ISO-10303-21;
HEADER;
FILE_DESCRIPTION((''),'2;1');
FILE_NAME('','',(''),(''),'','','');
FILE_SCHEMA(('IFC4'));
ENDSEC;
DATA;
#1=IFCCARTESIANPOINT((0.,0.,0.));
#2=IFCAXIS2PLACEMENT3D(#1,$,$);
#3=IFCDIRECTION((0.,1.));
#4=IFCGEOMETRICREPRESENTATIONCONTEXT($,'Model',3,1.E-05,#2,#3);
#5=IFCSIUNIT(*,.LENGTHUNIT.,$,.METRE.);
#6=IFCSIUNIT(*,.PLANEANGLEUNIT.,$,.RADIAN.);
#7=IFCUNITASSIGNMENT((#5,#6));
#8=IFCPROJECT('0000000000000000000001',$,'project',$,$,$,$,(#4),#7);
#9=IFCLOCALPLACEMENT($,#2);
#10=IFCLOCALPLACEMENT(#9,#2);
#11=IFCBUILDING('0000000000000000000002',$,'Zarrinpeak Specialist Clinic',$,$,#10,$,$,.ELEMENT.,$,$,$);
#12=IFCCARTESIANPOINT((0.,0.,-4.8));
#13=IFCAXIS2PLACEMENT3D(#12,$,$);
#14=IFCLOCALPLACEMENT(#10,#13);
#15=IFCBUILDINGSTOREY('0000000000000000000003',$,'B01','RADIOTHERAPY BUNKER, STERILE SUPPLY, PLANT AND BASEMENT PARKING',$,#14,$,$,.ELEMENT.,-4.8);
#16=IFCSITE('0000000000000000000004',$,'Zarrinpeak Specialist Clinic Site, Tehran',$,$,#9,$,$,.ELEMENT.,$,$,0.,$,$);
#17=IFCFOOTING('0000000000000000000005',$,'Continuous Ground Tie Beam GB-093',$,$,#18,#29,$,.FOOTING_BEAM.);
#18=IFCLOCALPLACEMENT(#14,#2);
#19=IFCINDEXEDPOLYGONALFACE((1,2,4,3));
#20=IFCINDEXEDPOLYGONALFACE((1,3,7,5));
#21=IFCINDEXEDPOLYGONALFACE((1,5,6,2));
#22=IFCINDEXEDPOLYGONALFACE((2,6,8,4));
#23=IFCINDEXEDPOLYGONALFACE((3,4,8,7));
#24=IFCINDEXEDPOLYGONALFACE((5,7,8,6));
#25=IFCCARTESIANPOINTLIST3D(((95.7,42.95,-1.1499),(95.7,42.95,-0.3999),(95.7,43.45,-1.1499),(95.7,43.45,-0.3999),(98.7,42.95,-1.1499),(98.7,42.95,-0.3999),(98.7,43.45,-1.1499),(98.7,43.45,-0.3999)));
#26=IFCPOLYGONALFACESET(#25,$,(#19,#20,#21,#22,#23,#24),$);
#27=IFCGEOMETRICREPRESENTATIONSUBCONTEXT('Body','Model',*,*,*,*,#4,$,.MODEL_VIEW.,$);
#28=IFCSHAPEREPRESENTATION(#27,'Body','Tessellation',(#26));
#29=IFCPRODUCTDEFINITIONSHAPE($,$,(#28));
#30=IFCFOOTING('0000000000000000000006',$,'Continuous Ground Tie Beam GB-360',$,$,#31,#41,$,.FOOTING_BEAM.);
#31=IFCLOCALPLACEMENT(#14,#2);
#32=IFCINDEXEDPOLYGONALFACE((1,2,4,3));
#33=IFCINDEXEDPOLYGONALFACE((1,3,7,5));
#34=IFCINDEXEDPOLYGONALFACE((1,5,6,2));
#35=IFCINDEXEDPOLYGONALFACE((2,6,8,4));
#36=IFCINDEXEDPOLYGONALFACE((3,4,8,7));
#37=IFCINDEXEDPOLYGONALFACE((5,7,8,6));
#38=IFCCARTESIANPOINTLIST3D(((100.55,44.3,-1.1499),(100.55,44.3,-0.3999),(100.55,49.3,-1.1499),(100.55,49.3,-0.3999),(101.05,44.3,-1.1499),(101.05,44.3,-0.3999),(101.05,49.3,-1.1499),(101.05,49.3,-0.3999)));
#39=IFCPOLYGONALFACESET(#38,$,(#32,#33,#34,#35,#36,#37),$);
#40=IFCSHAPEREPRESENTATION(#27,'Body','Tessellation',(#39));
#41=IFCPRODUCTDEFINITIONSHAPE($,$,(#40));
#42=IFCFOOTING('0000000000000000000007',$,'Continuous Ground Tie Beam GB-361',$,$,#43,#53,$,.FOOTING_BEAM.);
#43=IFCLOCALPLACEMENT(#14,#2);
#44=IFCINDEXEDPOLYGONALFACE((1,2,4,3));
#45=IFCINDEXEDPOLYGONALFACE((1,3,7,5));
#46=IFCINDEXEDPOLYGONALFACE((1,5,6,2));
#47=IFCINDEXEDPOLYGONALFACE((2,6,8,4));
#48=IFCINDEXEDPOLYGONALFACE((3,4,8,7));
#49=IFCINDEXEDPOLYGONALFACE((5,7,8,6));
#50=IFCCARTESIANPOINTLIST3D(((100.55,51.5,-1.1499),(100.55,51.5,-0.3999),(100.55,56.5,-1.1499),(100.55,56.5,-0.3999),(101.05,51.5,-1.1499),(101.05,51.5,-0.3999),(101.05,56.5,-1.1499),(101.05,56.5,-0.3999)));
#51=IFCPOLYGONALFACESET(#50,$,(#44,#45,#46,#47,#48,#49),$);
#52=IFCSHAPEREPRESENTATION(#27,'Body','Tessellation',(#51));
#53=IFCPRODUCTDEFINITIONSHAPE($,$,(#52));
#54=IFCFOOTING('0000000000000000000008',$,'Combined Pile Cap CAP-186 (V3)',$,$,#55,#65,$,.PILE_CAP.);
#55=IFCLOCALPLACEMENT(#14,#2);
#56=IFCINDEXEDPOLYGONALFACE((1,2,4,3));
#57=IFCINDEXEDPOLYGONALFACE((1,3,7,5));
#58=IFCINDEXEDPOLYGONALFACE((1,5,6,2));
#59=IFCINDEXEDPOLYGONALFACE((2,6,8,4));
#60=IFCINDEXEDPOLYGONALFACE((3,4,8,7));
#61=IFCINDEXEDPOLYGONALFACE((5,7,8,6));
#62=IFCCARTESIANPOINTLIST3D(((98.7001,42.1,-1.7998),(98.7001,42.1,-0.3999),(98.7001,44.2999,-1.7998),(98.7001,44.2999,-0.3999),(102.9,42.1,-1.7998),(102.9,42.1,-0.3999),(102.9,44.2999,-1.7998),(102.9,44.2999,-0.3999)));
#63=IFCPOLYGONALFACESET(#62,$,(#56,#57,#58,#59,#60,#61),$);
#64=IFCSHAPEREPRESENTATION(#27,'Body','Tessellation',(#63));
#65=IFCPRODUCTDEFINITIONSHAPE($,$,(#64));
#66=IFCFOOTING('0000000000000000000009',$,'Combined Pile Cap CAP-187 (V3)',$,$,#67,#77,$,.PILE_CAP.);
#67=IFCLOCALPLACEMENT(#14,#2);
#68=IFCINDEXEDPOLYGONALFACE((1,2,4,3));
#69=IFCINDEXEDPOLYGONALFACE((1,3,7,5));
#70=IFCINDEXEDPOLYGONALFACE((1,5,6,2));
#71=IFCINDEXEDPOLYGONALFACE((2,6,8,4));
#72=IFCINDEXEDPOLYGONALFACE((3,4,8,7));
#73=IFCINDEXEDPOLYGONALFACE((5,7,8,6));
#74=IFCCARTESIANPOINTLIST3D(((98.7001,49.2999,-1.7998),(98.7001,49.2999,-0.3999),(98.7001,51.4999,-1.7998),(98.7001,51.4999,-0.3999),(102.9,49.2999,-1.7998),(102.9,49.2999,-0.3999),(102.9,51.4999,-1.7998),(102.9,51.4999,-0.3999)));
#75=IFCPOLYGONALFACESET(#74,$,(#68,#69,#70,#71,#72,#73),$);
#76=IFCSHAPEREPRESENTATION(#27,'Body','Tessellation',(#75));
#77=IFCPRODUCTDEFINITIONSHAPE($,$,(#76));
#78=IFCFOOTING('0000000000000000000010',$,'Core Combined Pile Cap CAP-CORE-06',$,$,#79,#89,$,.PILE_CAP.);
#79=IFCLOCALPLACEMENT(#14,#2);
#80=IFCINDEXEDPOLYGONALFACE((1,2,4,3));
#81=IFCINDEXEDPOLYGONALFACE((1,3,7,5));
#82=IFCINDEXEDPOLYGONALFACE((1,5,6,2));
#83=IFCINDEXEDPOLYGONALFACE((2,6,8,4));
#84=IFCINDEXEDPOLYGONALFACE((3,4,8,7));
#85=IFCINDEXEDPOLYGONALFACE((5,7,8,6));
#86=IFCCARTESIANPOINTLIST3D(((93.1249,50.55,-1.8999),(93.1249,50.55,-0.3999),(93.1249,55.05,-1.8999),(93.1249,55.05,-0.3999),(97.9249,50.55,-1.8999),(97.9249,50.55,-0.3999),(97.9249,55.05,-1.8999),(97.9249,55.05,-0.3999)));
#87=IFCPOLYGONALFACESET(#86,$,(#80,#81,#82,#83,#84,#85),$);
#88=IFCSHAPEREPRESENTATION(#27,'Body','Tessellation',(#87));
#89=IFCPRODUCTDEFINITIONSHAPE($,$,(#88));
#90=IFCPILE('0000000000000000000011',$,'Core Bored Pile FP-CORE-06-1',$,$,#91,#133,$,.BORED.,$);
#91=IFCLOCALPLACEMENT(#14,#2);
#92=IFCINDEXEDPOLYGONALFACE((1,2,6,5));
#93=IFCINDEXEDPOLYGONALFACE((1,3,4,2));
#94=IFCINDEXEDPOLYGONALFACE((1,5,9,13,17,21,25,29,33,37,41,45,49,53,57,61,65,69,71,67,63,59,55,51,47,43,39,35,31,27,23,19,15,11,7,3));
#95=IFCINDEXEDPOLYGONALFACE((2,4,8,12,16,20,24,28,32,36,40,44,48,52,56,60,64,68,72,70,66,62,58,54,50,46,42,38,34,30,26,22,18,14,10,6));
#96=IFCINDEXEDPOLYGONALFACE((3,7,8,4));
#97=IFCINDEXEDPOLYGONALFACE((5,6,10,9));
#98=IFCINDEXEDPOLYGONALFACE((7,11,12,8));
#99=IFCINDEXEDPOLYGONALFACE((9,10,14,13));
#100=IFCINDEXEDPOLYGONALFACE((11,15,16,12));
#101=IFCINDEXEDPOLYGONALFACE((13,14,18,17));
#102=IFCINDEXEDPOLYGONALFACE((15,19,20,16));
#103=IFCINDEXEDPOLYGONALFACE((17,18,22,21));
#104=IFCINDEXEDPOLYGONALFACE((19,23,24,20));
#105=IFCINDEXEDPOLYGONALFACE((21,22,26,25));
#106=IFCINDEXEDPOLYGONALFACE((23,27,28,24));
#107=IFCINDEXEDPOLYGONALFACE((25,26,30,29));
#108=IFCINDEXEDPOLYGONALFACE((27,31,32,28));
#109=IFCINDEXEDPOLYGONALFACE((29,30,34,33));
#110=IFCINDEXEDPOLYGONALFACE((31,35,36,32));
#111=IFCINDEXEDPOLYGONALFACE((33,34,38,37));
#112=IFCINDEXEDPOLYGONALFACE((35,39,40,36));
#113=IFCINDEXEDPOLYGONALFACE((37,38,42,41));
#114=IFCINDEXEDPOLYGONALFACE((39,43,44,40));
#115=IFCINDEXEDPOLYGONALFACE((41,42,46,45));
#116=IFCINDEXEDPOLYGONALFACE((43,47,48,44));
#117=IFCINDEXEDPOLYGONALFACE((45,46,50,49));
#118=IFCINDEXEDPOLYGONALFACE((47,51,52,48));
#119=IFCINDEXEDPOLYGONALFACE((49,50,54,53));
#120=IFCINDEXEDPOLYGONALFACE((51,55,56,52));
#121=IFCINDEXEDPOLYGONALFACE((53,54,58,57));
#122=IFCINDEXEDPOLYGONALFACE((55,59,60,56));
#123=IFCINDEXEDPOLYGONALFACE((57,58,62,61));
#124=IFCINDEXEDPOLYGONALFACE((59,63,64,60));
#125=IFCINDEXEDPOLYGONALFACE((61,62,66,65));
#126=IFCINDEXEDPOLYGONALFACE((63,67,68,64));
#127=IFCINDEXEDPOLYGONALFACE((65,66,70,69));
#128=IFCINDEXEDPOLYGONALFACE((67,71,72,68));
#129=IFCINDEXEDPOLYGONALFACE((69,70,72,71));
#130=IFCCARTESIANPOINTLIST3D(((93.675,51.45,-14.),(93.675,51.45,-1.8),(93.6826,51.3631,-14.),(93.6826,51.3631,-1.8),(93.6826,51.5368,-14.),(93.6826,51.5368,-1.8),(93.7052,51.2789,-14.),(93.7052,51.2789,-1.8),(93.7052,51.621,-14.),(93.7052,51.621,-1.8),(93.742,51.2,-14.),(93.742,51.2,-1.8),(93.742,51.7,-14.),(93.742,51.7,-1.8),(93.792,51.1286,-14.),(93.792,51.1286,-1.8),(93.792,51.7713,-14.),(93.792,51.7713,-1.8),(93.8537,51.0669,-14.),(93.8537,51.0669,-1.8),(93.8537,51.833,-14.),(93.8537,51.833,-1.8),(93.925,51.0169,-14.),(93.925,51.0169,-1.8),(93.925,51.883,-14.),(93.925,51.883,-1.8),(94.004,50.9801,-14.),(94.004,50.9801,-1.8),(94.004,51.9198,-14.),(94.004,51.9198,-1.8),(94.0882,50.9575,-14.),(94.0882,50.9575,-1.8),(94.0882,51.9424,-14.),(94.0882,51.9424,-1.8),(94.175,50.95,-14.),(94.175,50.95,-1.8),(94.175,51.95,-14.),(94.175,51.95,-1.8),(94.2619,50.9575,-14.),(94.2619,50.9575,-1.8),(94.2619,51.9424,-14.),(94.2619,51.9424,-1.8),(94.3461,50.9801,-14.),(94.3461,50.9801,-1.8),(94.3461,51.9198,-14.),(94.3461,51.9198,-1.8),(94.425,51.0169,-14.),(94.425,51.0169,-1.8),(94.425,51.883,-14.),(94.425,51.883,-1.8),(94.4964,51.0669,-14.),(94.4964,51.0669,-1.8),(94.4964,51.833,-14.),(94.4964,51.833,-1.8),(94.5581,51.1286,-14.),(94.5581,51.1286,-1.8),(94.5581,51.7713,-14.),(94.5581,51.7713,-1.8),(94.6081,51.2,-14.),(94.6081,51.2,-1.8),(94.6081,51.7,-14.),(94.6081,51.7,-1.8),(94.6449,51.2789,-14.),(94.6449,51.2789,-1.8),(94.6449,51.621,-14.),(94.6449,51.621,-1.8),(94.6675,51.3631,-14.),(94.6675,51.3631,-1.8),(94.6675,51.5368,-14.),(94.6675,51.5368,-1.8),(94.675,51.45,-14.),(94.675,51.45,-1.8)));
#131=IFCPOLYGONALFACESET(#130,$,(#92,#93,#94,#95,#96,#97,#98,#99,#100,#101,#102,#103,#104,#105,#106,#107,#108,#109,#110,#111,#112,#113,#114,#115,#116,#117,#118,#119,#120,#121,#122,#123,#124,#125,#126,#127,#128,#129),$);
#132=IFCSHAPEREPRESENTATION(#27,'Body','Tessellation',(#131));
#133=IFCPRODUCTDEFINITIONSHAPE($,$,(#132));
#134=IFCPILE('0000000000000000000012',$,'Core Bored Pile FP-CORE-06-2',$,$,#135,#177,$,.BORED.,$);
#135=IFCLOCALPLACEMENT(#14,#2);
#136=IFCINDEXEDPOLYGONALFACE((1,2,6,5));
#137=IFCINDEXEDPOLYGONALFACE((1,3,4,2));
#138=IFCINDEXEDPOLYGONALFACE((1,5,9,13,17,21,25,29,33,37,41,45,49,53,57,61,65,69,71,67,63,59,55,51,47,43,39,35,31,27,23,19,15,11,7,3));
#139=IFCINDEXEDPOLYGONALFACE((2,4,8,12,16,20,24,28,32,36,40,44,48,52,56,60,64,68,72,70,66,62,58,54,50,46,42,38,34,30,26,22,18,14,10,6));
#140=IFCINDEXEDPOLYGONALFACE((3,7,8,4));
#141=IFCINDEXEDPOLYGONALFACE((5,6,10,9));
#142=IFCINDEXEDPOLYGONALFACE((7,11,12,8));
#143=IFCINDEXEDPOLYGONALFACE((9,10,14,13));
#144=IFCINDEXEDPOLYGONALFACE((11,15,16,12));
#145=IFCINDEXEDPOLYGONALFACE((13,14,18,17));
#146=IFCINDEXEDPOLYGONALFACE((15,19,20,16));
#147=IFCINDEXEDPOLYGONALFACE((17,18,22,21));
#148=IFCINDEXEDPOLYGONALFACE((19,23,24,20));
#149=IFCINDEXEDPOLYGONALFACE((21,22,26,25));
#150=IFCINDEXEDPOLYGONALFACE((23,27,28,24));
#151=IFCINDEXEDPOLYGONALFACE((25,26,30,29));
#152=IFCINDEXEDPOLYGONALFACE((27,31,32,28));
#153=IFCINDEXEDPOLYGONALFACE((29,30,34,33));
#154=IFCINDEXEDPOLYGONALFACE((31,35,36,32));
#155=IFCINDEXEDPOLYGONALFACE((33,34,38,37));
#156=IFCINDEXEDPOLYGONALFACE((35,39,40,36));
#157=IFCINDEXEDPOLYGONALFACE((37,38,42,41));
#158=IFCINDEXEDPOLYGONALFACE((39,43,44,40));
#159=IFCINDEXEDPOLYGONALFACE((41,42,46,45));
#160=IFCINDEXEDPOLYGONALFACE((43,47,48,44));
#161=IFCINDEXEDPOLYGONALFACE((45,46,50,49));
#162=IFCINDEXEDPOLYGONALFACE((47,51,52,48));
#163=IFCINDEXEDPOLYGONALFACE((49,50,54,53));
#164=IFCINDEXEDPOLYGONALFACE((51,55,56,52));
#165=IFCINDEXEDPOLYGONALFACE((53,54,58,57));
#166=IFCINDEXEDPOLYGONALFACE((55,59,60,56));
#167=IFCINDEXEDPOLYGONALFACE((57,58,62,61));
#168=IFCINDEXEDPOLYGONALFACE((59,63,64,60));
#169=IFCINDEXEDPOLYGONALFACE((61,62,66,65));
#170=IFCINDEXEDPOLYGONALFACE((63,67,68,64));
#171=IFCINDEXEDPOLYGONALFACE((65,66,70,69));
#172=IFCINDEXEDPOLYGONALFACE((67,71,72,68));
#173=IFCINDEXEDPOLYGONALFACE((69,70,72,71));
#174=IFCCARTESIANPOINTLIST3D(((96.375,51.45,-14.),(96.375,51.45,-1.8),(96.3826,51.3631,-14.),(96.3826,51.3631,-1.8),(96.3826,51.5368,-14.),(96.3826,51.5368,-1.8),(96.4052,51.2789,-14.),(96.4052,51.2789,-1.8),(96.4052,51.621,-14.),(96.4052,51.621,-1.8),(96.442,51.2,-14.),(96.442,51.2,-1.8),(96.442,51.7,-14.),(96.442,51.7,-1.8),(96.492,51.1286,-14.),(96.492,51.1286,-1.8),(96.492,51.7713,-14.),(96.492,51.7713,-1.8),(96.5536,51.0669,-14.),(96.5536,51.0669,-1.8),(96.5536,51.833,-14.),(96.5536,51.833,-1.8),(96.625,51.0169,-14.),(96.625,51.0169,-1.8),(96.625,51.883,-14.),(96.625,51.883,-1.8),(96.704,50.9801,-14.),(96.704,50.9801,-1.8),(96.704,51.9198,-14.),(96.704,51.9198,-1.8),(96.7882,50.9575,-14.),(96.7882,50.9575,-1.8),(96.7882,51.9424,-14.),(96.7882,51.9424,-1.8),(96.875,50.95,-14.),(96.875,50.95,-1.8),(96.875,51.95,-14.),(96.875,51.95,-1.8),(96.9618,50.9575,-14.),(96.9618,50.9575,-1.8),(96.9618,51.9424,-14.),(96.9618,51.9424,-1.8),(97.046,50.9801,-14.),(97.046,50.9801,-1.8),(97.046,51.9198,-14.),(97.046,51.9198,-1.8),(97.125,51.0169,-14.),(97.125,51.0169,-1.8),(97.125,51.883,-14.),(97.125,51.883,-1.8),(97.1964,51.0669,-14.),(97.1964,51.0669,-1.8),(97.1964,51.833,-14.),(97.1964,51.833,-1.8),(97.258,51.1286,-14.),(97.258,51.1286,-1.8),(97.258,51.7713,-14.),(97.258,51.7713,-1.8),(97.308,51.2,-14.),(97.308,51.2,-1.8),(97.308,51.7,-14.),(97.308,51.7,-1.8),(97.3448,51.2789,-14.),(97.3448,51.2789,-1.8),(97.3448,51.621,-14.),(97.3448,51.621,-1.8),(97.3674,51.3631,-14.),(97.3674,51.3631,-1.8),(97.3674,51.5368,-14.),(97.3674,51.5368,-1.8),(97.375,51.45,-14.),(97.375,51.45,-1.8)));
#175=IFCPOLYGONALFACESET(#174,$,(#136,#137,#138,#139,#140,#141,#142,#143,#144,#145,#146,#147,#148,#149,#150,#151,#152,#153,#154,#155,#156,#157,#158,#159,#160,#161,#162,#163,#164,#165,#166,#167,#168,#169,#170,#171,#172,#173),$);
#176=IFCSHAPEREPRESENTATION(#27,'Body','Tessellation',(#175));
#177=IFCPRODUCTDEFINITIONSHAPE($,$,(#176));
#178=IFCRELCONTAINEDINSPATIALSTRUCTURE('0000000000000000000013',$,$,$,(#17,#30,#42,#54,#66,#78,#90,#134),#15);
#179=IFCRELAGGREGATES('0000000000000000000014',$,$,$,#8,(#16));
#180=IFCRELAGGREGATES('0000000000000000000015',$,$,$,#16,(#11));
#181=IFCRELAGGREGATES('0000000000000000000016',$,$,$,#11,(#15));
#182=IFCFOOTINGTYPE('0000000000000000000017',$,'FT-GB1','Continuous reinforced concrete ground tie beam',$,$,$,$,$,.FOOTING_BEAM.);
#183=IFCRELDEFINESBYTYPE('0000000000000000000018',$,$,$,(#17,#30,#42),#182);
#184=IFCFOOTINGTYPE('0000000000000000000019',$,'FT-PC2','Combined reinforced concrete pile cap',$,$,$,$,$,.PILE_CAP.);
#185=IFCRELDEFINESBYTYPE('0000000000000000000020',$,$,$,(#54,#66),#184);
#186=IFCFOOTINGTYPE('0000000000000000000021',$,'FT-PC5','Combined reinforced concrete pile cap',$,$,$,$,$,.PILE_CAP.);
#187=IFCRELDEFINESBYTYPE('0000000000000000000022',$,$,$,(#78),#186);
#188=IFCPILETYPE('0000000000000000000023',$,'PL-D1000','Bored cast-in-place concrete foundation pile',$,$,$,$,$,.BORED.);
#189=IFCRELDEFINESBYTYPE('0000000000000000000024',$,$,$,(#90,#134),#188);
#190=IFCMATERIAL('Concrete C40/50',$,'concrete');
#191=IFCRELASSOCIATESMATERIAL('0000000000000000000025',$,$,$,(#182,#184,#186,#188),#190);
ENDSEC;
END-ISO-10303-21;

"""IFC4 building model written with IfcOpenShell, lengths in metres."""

from ifc_helpers import new_model, si_unit, direction, frame, origin, origin_2d, place, context, subcontext, project, spatial, rectangle, circle, extrude, material, material_profile, profile_set, type_object, element, save


model = new_model("IFC4")

# Units and contexts
model_context = context("Model", 3, precision=1e-05, world=origin(), true_north=direction((0.0, 1.0)))
body_context = subcontext(model_context, "Body", "Model", "MODEL_VIEW")
ifc_project = project(units=[si_unit("LENGTHUNIT", "METRE"), si_unit("PLANEANGLEUNIT", "RADIAN")], contexts=[model_context])

# Site, building, storey
site_placement = place(None, origin())
site = spatial("IfcSite", under=ifc_project, at=site_placement, Name="Zarrinpeak Specialist Clinic Site, Tehran", CompositionType="ELEMENT", RefElevation=0.0)
building_placement = place(site_placement, origin())
building = spatial("IfcBuilding", under=site, at=building_placement, Name="Zarrinpeak Specialist Clinic", CompositionType="ELEMENT")
storey_placement = place(building_placement, frame((0.0, 0.0, -4.8)))
storey = spatial("IfcBuildingStorey", under=building, at=storey_placement, Name="B01", Description="RADIOTHERAPY BUNKER, STERILE SUPPLY, PLANT AND BASEMENT PARKING", CompositionType="ELEMENT", Elevation=-4.8)

# Footings
ifc_material_1 = material(Name="Concrete C40/50", Category="concrete")
ifc_material_profile_1 = material_profile(ifc_material_1, rectangle(XDim=0.5, YDim=0.75, at=origin_2d()), Name="RC 500x750")
ifc_profile_set_1 = profile_set([ifc_material_profile_1], Name="Concrete C40/50")
footing_type_1 = type_object("IfcFootingType", Name="FT-GB1", Description="Continuous reinforced concrete ground tie beam", PredefinedType="FOOTING_BEAM", material=ifc_profile_set_1)
footing_1_placement = place(storey_placement, frame((95.7, 43.2, -0.7749), z_axis=(1.0, 0.0, 0.0), x_axis=(0.0, 1.0, 0.0)))
element("IfcFooting", 1, at=footing_1_placement, inside=storey, type_object=footing_type_1, Name="Continuous Ground Tie Beam GB-093", PredefinedType="FOOTING_BEAM", context=body_context, shape_type="SweptSolid", body=[
    extrude(rectangle(XDim=0.5, YDim=0.75, at=origin_2d()), origin(), (0.0, 0.0, 1.0), 3.0),
])
for number, where, z_axis, x_axis, name in (
    (2, (100.8, 44.3, -0.7749), (0.0, 1.0, 0.0), (-1.0, 0.0, 0.0), "Continuous Ground Tie Beam GB-360"),
    (3, (100.8, 51.5, -0.7749), (0.0, 1.0, 0.0), (-1.0, 0.0, 0.0), "Continuous Ground Tie Beam GB-361"),
):
    element("IfcFooting", number, at=place(storey_placement, frame(where, z_axis=z_axis, x_axis=x_axis)), inside=storey, type_object=footing_type_1, Name=name, PredefinedType="FOOTING_BEAM", context=body_context, shape_type="SweptSolid", body=[
        extrude(rectangle(XDim=0.5, YDim=0.75, at=origin_2d()), origin(), (0.0, 0.0, 1.0), 5.0),
    ])
footing_type_2 = type_object("IfcFootingType", Name="FT-PC2", Description="Combined reinforced concrete pile cap", PredefinedType="PILE_CAP", material=ifc_material_1)
for number, where, z_axis, x_axis, name in (
    (4, (100.8, 43.2, -1.7998), (0.0, 0.0, 1.0), (1.0, 0.0, 0.0), "Combined Pile Cap CAP-186 (V3)"),
    (5, (100.8, 50.3999, -1.7998), (0.0, 0.0, 1.0), (1.0, 0.0, 0.0), "Combined Pile Cap CAP-187 (V3)"),
):
    element("IfcFooting", number, at=place(storey_placement, frame(where, z_axis=z_axis, x_axis=x_axis)), inside=storey, type_object=footing_type_2, Name=name, PredefinedType="PILE_CAP", context=body_context, shape_type="SweptSolid", body=[
        extrude(rectangle(XDim=4.2, YDim=2.2, at=origin_2d()), origin(), (0.0, 0.0, 1.0), 1.3999),
    ])
footing_type_3 = type_object("IfcFootingType", Name="FT-PC5", Description="Combined reinforced concrete pile cap", PredefinedType="PILE_CAP", material=ifc_material_1)
footing_2_placement = place(storey_placement, frame((95.5249, 52.8, -1.8999), z_axis=(0.0, 0.0, 1.0), x_axis=(1.0, 0.0, 0.0)))
element("IfcFooting", 6, at=footing_2_placement, inside=storey, type_object=footing_type_3, Name="Core Combined Pile Cap CAP-CORE-06", PredefinedType="PILE_CAP", context=body_context, shape_type="SweptSolid", body=[
    extrude(rectangle(XDim=4.8, YDim=4.5, at=origin_2d()), origin(), (0.0, 0.0, 1.0), 1.5),
])

# Piles
ifc_material_profile_2 = material_profile(ifc_material_1, circle(Radius=0.5, at=origin_2d()), Name="BORED PILE D1000")
ifc_profile_set_2 = profile_set([ifc_material_profile_2], Name="Concrete C40/50")
pile_type_1 = type_object("IfcPileType", Name="PL-D1000", Description="Bored cast-in-place concrete foundation pile", PredefinedType="BORED", material=ifc_profile_set_2)
for number, where, z_axis, x_axis, name in (
    (7, (94.175, 51.45, -1.8), (0.0, 0.0, -1.0), (1.0, 0.0, 0.0), "Core Bored Pile FP-CORE-06-1"),
    (8, (96.875, 51.45, -1.8), (0.0, 0.0, -1.0), (1.0, 0.0, 0.0), "Core Bored Pile FP-CORE-06-2"),
):
    element("IfcPile", number, at=place(storey_placement, frame(where, z_axis=z_axis, x_axis=x_axis)), inside=storey, type_object=pile_type_1, Name=name, PredefinedType="BORED", context=body_context, shape_type="SweptSolid", body=[
        extrude(circle(Radius=0.5, at=origin_2d()), origin(), (0.0, 0.0, 1.0), 12.2),
    ])

save(model, "model.ifc")
